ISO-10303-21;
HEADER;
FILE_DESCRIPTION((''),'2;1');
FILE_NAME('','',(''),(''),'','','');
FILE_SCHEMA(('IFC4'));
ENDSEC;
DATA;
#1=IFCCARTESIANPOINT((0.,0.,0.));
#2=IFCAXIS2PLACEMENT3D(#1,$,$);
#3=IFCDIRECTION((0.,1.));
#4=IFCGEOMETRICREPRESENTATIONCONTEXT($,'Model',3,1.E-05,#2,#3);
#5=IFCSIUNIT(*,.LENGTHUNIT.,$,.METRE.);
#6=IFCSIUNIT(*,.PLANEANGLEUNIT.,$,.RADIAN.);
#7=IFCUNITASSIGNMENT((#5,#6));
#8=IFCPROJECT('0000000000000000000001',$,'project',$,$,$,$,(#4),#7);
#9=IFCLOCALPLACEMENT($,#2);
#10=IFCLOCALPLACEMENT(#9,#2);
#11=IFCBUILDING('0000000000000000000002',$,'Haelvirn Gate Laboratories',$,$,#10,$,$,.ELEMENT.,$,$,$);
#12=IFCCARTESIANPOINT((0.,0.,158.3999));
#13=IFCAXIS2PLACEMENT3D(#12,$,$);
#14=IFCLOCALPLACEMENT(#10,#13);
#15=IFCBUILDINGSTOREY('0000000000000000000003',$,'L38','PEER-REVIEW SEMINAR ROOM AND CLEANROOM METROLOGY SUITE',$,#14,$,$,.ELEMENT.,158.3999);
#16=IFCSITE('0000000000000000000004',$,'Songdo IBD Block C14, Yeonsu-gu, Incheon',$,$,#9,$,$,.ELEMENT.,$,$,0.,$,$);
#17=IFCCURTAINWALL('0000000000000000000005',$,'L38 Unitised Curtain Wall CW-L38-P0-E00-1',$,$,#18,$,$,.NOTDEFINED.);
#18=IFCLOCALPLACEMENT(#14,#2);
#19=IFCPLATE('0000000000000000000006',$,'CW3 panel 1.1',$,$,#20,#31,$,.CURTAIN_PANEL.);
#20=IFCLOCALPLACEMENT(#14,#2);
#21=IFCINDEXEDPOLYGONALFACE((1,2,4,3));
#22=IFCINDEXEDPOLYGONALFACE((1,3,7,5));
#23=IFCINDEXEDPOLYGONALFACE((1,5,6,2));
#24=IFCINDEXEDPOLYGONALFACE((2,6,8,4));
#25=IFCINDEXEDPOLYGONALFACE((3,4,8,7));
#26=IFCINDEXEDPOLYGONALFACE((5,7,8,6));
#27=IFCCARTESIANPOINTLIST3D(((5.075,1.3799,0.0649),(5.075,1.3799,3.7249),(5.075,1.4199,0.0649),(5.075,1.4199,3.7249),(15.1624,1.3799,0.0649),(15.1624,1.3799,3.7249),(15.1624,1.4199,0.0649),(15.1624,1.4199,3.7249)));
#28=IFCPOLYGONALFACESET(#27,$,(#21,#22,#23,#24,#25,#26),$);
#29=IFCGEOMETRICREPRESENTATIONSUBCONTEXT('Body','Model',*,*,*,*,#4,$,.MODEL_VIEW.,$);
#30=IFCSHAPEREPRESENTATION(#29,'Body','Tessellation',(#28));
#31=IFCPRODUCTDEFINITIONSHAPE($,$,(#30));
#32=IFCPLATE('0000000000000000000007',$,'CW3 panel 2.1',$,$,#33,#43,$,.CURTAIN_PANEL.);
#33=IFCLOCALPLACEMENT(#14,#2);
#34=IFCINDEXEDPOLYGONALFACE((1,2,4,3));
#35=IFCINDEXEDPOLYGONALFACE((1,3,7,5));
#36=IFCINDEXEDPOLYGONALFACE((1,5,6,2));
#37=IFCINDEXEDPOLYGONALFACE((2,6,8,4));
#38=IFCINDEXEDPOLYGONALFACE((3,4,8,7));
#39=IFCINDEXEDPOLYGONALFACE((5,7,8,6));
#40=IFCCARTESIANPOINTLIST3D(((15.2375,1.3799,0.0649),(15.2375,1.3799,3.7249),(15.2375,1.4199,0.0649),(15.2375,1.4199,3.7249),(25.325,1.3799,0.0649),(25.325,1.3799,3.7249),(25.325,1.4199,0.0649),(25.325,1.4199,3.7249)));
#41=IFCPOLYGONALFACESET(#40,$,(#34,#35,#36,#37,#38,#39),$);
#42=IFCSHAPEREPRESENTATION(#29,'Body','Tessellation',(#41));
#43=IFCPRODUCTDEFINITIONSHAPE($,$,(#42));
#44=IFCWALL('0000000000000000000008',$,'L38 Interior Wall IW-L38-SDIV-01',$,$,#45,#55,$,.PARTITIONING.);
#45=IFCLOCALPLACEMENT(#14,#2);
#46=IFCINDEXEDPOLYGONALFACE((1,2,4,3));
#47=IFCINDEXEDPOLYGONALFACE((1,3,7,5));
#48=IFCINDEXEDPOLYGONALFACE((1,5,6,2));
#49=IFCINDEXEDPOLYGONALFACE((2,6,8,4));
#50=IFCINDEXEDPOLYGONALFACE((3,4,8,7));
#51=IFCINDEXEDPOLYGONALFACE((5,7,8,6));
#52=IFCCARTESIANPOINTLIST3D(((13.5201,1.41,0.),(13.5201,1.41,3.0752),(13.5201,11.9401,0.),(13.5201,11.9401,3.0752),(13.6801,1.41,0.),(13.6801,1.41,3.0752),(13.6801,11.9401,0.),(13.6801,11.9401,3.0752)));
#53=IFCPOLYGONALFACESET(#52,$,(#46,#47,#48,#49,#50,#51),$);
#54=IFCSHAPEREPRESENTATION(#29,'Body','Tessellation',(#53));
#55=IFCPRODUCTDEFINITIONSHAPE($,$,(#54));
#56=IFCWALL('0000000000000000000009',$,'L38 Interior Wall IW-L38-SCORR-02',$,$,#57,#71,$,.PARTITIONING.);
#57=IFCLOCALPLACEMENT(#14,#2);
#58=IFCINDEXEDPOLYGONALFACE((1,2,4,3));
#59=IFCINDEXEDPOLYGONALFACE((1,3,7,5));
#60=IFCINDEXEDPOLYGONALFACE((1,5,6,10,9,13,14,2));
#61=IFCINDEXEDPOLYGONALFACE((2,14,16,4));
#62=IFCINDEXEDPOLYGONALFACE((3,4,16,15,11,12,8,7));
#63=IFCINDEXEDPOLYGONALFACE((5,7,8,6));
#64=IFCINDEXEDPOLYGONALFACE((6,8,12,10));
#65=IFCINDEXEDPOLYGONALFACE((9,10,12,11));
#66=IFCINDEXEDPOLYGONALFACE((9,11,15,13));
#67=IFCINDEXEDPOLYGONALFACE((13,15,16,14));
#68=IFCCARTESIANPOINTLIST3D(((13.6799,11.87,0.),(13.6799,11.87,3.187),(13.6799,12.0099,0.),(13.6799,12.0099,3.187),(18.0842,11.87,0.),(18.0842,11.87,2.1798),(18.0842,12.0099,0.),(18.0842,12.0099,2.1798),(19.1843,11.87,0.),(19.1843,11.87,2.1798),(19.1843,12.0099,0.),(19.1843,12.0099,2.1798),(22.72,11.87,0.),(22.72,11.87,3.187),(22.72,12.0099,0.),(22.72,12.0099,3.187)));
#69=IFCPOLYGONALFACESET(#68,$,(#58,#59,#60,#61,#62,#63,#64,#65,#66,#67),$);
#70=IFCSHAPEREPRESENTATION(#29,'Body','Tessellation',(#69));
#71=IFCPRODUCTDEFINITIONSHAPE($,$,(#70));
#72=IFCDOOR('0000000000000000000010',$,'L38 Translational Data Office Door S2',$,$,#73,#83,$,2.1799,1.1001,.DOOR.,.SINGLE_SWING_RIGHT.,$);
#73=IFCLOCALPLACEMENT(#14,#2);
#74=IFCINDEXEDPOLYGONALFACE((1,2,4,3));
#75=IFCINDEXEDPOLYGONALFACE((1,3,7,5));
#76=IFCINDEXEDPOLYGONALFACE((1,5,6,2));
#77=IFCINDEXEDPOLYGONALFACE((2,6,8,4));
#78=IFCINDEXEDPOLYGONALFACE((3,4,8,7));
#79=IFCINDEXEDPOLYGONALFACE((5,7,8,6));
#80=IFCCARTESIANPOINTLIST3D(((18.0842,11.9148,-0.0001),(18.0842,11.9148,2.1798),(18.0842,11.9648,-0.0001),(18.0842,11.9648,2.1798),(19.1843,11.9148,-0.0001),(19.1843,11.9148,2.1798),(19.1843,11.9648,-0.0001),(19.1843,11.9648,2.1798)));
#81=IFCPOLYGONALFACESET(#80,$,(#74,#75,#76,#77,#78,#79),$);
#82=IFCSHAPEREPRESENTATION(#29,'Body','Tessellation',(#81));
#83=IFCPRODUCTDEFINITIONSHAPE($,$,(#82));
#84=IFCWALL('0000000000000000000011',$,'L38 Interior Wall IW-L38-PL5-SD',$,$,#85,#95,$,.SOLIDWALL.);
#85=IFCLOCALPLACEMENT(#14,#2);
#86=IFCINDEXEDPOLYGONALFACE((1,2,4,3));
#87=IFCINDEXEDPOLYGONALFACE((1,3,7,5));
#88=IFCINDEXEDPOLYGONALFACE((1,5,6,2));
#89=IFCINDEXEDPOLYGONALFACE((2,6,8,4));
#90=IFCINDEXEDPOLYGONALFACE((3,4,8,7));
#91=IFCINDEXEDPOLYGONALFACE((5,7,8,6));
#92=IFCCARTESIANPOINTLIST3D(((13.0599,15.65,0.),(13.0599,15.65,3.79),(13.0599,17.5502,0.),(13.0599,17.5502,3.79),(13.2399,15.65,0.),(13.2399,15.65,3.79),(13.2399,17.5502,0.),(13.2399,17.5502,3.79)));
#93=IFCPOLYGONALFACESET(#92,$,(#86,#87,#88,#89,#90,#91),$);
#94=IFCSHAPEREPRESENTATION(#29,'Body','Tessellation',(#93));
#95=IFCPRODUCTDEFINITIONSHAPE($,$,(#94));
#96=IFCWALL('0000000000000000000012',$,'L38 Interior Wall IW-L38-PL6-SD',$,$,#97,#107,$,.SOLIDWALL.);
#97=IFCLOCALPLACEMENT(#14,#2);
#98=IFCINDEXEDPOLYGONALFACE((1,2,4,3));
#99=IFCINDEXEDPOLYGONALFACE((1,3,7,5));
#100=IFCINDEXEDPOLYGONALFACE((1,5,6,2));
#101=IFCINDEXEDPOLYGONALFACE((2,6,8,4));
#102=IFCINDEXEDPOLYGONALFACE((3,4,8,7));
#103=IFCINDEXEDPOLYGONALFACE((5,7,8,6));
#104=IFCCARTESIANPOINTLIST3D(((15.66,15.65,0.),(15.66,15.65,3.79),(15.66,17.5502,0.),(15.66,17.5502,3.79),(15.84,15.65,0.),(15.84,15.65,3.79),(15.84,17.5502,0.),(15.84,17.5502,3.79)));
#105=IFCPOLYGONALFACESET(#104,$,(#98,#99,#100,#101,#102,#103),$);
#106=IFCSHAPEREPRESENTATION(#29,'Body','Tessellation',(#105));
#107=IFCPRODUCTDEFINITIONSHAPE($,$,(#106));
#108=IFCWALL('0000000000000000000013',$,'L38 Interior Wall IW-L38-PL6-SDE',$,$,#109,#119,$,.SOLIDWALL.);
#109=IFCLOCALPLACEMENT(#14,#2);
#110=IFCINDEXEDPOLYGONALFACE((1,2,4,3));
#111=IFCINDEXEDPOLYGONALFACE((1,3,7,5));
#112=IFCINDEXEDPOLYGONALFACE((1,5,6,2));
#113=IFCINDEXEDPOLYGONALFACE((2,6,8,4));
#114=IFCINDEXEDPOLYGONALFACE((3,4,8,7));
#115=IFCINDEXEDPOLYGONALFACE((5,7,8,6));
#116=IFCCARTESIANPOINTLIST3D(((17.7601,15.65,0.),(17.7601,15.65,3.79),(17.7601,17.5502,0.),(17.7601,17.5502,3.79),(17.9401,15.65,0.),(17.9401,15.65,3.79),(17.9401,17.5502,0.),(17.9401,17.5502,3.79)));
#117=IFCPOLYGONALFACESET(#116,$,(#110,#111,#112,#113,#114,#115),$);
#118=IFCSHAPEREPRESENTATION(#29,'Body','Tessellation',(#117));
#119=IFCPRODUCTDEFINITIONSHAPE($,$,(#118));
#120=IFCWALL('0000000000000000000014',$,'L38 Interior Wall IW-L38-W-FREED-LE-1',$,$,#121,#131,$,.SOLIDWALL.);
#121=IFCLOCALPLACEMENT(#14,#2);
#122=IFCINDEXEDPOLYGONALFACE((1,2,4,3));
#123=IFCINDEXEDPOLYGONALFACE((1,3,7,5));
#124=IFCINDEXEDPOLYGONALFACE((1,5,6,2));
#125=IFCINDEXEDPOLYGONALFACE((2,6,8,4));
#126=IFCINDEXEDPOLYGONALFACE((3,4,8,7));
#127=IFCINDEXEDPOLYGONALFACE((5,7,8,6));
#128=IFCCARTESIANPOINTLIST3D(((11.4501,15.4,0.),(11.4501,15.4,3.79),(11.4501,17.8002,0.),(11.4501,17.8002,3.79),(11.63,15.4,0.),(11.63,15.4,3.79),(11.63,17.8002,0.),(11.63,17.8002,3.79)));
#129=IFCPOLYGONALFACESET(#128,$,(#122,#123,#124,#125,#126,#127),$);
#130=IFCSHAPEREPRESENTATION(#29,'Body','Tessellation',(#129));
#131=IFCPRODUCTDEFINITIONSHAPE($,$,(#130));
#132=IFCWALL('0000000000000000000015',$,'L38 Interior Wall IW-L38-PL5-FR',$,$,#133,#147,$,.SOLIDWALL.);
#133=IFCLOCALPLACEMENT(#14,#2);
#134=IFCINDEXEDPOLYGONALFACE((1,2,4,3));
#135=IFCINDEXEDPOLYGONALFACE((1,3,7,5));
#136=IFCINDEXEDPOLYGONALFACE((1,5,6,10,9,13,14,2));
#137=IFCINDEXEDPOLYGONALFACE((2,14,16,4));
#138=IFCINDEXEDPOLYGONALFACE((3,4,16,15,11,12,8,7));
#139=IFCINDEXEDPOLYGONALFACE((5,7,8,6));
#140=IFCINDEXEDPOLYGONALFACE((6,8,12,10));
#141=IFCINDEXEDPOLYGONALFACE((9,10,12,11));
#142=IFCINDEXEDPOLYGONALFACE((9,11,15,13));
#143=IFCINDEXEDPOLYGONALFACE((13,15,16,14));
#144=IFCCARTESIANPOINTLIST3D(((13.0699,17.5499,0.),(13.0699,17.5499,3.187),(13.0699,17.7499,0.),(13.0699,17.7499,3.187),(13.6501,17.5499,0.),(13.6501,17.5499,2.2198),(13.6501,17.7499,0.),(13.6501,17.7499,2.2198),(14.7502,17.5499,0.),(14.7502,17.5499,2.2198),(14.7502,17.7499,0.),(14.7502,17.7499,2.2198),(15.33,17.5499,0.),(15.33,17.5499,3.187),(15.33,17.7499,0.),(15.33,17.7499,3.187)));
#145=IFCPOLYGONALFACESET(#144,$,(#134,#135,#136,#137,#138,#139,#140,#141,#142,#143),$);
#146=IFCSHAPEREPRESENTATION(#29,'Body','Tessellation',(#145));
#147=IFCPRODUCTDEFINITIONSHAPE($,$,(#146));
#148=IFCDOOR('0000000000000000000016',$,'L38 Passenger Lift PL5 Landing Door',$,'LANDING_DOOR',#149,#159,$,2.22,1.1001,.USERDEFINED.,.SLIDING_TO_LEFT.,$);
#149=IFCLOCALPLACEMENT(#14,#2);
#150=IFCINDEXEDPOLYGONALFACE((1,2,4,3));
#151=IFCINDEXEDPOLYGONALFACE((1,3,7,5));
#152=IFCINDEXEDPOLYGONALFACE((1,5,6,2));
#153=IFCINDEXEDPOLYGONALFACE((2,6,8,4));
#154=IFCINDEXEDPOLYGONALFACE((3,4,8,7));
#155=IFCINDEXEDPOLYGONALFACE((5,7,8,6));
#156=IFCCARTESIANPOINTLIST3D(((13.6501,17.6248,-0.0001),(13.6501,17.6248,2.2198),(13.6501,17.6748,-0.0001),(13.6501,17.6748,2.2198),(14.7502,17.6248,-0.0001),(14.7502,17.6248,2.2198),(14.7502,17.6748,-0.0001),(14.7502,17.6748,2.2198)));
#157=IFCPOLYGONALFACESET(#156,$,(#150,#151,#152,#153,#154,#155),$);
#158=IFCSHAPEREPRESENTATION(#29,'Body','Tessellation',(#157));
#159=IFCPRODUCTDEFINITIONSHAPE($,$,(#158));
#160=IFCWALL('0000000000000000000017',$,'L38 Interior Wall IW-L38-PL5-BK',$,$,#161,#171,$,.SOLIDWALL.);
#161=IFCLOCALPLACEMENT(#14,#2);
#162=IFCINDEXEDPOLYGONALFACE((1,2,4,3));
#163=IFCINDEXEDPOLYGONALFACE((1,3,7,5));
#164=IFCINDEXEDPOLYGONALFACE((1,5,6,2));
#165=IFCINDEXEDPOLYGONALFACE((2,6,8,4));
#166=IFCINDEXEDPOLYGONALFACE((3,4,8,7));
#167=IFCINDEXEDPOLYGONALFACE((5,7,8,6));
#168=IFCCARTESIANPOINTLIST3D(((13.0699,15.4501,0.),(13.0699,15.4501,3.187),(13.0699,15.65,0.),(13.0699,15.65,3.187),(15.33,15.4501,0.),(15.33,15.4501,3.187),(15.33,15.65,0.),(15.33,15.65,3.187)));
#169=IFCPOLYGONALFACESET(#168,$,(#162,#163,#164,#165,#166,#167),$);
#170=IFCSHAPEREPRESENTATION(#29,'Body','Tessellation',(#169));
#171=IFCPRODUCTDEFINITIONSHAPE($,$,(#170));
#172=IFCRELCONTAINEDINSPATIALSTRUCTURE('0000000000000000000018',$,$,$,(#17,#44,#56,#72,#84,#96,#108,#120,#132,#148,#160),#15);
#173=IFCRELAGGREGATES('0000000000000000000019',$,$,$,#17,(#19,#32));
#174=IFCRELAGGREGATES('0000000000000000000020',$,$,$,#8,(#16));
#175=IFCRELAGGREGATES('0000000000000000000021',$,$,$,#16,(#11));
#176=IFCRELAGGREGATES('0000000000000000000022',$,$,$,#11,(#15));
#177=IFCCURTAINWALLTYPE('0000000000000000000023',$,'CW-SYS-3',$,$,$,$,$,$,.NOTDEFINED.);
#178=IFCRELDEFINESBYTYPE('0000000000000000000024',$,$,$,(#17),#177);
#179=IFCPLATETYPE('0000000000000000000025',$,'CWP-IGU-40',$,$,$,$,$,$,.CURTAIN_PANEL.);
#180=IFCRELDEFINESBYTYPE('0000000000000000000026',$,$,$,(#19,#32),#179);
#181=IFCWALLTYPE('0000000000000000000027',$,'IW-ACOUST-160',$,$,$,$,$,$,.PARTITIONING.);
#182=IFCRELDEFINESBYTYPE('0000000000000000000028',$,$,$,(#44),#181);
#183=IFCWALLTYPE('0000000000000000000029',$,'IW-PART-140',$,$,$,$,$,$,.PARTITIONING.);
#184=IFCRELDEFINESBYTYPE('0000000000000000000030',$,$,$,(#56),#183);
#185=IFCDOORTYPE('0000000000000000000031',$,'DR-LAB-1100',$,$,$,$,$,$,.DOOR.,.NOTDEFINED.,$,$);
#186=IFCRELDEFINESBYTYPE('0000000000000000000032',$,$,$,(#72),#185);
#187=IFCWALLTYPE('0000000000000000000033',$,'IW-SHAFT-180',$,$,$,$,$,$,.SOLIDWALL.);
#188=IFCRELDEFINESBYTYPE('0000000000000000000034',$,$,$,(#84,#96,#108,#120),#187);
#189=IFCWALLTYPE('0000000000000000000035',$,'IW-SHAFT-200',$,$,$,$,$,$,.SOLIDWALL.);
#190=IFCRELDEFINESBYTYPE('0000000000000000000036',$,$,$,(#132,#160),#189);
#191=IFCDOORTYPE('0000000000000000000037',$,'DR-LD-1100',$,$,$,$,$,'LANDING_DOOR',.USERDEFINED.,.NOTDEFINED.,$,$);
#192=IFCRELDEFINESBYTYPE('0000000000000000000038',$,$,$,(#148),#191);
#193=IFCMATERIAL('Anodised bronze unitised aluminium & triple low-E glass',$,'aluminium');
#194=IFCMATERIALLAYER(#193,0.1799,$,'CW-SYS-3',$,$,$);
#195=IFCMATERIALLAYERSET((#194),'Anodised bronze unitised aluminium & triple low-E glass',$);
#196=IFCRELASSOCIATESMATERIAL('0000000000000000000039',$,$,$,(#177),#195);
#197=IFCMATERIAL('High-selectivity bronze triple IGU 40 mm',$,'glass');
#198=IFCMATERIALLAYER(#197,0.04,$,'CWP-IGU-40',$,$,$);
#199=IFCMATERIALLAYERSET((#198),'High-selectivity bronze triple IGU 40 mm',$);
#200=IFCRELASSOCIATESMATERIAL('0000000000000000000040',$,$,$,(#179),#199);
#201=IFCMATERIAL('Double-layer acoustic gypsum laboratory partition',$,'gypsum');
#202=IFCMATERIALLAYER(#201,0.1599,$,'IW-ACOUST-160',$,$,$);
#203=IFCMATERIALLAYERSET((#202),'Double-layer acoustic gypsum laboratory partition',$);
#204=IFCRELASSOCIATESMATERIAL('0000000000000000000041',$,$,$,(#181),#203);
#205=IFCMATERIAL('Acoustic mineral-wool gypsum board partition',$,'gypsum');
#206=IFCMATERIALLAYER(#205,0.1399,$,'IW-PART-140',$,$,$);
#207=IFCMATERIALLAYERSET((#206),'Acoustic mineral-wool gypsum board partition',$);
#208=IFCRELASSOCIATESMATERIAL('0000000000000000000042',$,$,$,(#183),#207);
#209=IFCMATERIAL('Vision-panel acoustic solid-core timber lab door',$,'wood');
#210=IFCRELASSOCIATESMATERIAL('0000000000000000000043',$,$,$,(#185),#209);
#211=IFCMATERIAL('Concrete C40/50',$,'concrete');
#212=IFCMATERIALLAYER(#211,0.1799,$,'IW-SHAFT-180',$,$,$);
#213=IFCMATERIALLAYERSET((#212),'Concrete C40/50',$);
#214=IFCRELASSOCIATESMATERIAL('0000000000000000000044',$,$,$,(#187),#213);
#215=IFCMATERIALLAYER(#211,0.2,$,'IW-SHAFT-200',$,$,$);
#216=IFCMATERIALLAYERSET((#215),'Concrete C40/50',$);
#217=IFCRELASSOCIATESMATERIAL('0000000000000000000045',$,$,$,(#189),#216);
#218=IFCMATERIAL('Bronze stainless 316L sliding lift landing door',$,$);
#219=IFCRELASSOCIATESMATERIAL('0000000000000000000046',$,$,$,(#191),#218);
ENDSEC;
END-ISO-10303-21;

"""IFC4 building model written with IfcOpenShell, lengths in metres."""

from ifc_helpers import new_model, si_unit, direction, frame, frame_2d, origin, origin_2d, place, context, subcontext, project, spatial, rectangle, extrude, source, transform, mapped, material, layer, layer_set, type_object, type_shapes, element, fill, aggregate, save


model = new_model("IFC4")

# Units and contexts
model_context = context("Model", 3, precision=1e-05, world=origin(), true_north=direction((0.0, 1.0)))
body_context = subcontext(model_context, "Body", "Model", "MODEL_VIEW")
ifc_project = project(units=[si_unit("LENGTHUNIT", "METRE"), si_unit("PLANEANGLEUNIT", "RADIAN")], contexts=[model_context])

# Site, building, storey
site_placement = place(None, origin())
site = spatial("IfcSite", under=ifc_project, at=site_placement, Name="Songdo IBD Block C14, Yeonsu-gu, Incheon", CompositionType="ELEMENT", RefElevation=0.0)
building_placement = place(site_placement, origin())
building = spatial("IfcBuilding", under=site, at=building_placement, Name="Haelvirn Gate Laboratories", CompositionType="ELEMENT")
storey_placement = place(building_placement, frame((0.0, 0.0, 158.3999)))
storey = spatial("IfcBuildingStorey", under=building, at=storey_placement, Name="L38", Description="PEER-REVIEW SEMINAR ROOM AND CLEANROOM METROLOGY SUITE", CompositionType="ELEMENT", Elevation=158.3999)

# Curtain wall, plates
ifc_material_1 = material(Name="Anodised bronze unitised aluminium & triple low-E glass", Category="aluminium")
ifc_layer_1 = layer(ifc_material_1, 0.1799, Name="CW-SYS-3")
ifc_layer_set_1 = layer_set([ifc_layer_1], Name="Anodised bronze unitised aluminium & triple low-E glass")
curtain_wall_type = type_object("IfcCurtainWallType", Name="CW-SYS-3", PredefinedType="NOTDEFINED", material=ifc_layer_set_1)
curtain_wall_placement = place(storey_placement, origin())
curtain_wall = element("IfcCurtainWall", 1, at=curtain_wall_placement, inside=storey, type_object=curtain_wall_type, Name="L38 Unitised Curtain Wall CW-L38-P0-E00-1", PredefinedType="NOTDEFINED")
ifc_material_2 = material(Name="High-selectivity bronze triple IGU 40 mm", Category="glass")
ifc_layer_2 = layer(ifc_material_2, 0.04, Name="CWP-IGU-40")
ifc_layer_set_2 = layer_set([ifc_layer_2], Name="High-selectivity bronze triple IGU 40 mm")
plate_type = type_object("IfcPlateType", Name="CWP-IGU-40", PredefinedType="CURTAIN_PANEL", material=ifc_layer_set_2)
shared_shape_1 = source(origin(), body_context, "Body", "SweptSolid", [
    extrude(rectangle(XDim=10.0874, YDim=0.04, at=origin_2d()), origin(), (0.0, 0.0, 1.0), 3.6599),
])
type_shapes(plate_type, [shared_shape_1])
plate_1_placement = place(storey_placement, frame((10.1187, 1.3999, 0.0649), z_axis=(0.0, 0.0, 1.0), x_axis=(1.0, 0.0, 0.0)))
plate_1 = element("IfcPlate", 2, at=plate_1_placement, type_object=plate_type, Name="CW3 panel 1.1", PredefinedType="CURTAIN_PANEL", context=body_context, shape_type="MappedRepresentation", body=[
    mapped(shared_shape_1, transform((0.0, 0.0, 0.0), scale=1.0)),
])
plate_2_placement = place(storey_placement, frame((20.2812, 1.3999, 0.0649), z_axis=(0.0, 0.0, 1.0), x_axis=(1.0, 0.0, 0.0)))
plate_2 = element("IfcPlate", 3, at=plate_2_placement, type_object=plate_type, Name="CW3 panel 2.1", PredefinedType="CURTAIN_PANEL", context=body_context, shape_type="MappedRepresentation", body=[
    mapped(shared_shape_1, transform((0.0, 0.0, 0.0), scale=1.0)),
])
aggregate(curtain_wall, [plate_1, plate_2])

# Wall
ifc_material_3 = material(Name="Double-layer acoustic gypsum laboratory partition", Category="gypsum")
ifc_layer_3 = layer(ifc_material_3, 0.1599, Name="IW-ACOUST-160")
ifc_layer_set_3 = layer_set([ifc_layer_3], Name="Double-layer acoustic gypsum laboratory partition")
wall_type_1 = type_object("IfcWallType", Name="IW-ACOUST-160", PredefinedType="PARTITIONING", material=ifc_layer_set_3)
wall_1_placement = place(storey_placement, frame((13.6001, 1.4099, 0.0), z_axis=(0.0, 0.0, 1.0), x_axis=(0.0, 1.0, 0.0)))
element("IfcWall", 4, at=wall_1_placement, inside=storey, type_object=wall_type_1, Name="L38 Interior Wall IW-L38-SDIV-01", PredefinedType="PARTITIONING", context=body_context, shape_type="SweptSolid", body=[
    extrude(rectangle(XDim=10.53, YDim=0.1599, at=frame_2d((5.2651, 0.0))), origin(), (0.0, 0.0, 1.0), 3.0752),
])

# Wall, opening, door
ifc_material_4 = material(Name="Acoustic mineral-wool gypsum board partition", Category="gypsum")
ifc_layer_4 = layer(ifc_material_4, 0.1399, Name="IW-PART-140")
ifc_layer_set_4 = layer_set([ifc_layer_4], Name="Acoustic mineral-wool gypsum board partition")
wall_type_2 = type_object("IfcWallType", Name="IW-PART-140", PredefinedType="PARTITIONING", material=ifc_layer_set_4)
wall_2_placement = place(storey_placement, frame((13.6799, 11.9399, 0.0), z_axis=(0.0, 0.0, 1.0), x_axis=(1.0, 0.0, 0.0)))
wall_2 = element("IfcWall", 5, at=wall_2_placement, inside=storey, type_object=wall_type_2, Name="L38 Interior Wall IW-L38-SCORR-02", PredefinedType="PARTITIONING", context=body_context, shape_type="SweptSolid", body=[
    extrude(rectangle(XDim=9.04, YDim=0.1399, at=frame_2d((4.52, 0.0))), origin(), (0.0, 0.0, 1.0), 3.187),
])
opening_1_placement = place(wall_2_placement, frame((4.4043, 0.0, 0.0)))
opening_1 = element("IfcOpeningElement", 6, at=opening_1_placement, cuts=wall_2, PredefinedType="OPENING", context=body_context, shape_type="SweptSolid", body=[
    extrude(rectangle(XDim=1.1001, YDim=2.1799, at=frame_2d((0.55, 1.0898))), frame((0.0, 0.0801, 0.0), z_axis=(0.0, -1.0, 0.0), x_axis=(1.0, 0.0, 0.0)), (0.0, 0.0, 1.0), 0.1599),
])
ifc_material_5 = material(Name="Vision-panel acoustic solid-core timber lab door", Category="wood")
door_type_1 = type_object("IfcDoorType", Name="DR-LAB-1100", OperationType="NOTDEFINED", PredefinedType="DOOR", material=ifc_material_5)
shared_shape_2 = source(origin(), body_context, "Body", "SweptSolid", [
    extrude(rectangle(XDim=1.1001, YDim=2.1799, at=frame_2d((0.55, 1.0898))), frame((0.0, 0.0249, 0.0), z_axis=(0.0, -1.0, 0.0), x_axis=(1.0, 0.0, 0.0)), (0.0, 0.0, 1.0), 0.05),
])
type_shapes(door_type_1, [shared_shape_2])
door_1_placement = place(opening_1_placement, origin())
door_1 = element("IfcDoor", 7, at=door_1_placement, inside=storey, type_object=door_type_1, Name="L38 Translational Data Office Door S2", OperationType="SINGLE_SWING_RIGHT", OverallHeight=2.1799, OverallWidth=1.1001, PredefinedType="DOOR", context=body_context, shape_type="MappedRepresentation", body=[
    mapped(shared_shape_2, transform((0.0, 0.0, 0.0), scale=1.0)),
])
fill(opening_1, door_1)

# Walls
ifc_material_6 = material(Name="Concrete C40/50", Category="concrete")
ifc_layer_5 = layer(ifc_material_6, 0.1799, Name="IW-SHAFT-180")
ifc_layer_set_5 = layer_set([ifc_layer_5], Name="Concrete C40/50")
wall_type_3 = type_object("IfcWallType", Name="IW-SHAFT-180", PredefinedType="SOLIDWALL", material=ifc_layer_set_5)
for number, where, z_axis, x_axis, name in (
    (8, (13.1499, 15.6499, 0.0), (0.0, 0.0, 1.0), (0.0, 1.0, 0.0), "L38 Interior Wall IW-L38-PL5-SD"),
    (9, (15.75, 15.6499, 0.0), (0.0, 0.0, 1.0), (0.0, 1.0, 0.0), "L38 Interior Wall IW-L38-PL6-SD"),
    (10, (17.8501, 15.6499, 0.0), (0.0, 0.0, 1.0), (0.0, 1.0, 0.0), "L38 Interior Wall IW-L38-PL6-SDE"),
):
    element("IfcWall", number, at=place(storey_placement, frame(where, z_axis=z_axis, x_axis=x_axis)), inside=storey, type_object=wall_type_3, Name=name, PredefinedType="SOLIDWALL", context=body_context, shape_type="SweptSolid", body=[
        extrude(rectangle(XDim=1.9001, YDim=0.1799, at=frame_2d((0.9502, 0.0))), origin(), (0.0, 0.0, 1.0), 3.79),
    ])
wall_3_placement = place(storey_placement, frame((11.54, 15.3999, 0.0), z_axis=(0.0, 0.0, 1.0), x_axis=(0.0, 1.0, 0.0)))
element("IfcWall", 11, at=wall_3_placement, inside=storey, type_object=wall_type_3, Name="L38 Interior Wall IW-L38-W-FREED-LE-1", PredefinedType="SOLIDWALL", context=body_context, shape_type="SweptSolid", body=[
    extrude(rectangle(XDim=2.4001, YDim=0.1799, at=frame_2d((1.2002, 0.0))), origin(), (0.0, 0.0, 1.0), 3.79),
])

# Wall, opening, door
ifc_layer_6 = layer(ifc_material_6, 0.2, Name="IW-SHAFT-200")
ifc_layer_set_6 = layer_set([ifc_layer_6], Name="Concrete C40/50")
wall_type_4 = type_object("IfcWallType", Name="IW-SHAFT-200", PredefinedType="SOLIDWALL", material=ifc_layer_set_6)
wall_4_placement = place(storey_placement, frame((13.0701, 17.6499, 0.0), z_axis=(0.0, 0.0, 1.0), x_axis=(1.0, 0.0, 0.0)))
wall_4 = element("IfcWall", 12, at=wall_4_placement, inside=storey, type_object=wall_type_4, Name="L38 Interior Wall IW-L38-PL5-FR", PredefinedType="SOLIDWALL", context=body_context, shape_type="SweptSolid", body=[
    extrude(rectangle(XDim=2.26, YDim=0.2, at=frame_2d((1.1299, 0.0))), origin(), (0.0, 0.0, 1.0), 3.187),
])
opening_2_placement = place(wall_4_placement, frame((0.5801, 0.0, 0.0)))
opening_2 = element("IfcOpeningElement", 13, at=opening_2_placement, cuts=wall_4, PredefinedType="OPENING", context=body_context, shape_type="SweptSolid", body=[
    extrude(rectangle(XDim=1.1001, YDim=2.22, at=frame_2d((0.55, 1.1099))), frame((0.0, 0.1099, 0.0), z_axis=(0.0, -1.0, 0.0), x_axis=(1.0, 0.0, 0.0)), (0.0, 0.0, 1.0), 0.22),
])
ifc_material_7 = material(Name="Bronze stainless 316L sliding lift landing door")
door_type_2 = type_object("IfcDoorType", Name="DR-LD-1100", ElementType="LANDING_DOOR", OperationType="NOTDEFINED", PredefinedType="USERDEFINED", material=ifc_material_7)
shared_shape_3 = source(origin(), body_context, "Body", "SweptSolid", [
    extrude(rectangle(XDim=1.1001, YDim=2.22, at=frame_2d((0.55, 1.1099))), frame((0.0, 0.0249, 0.0), z_axis=(0.0, -1.0, 0.0), x_axis=(1.0, 0.0, 0.0)), (0.0, 0.0, 1.0), 0.05),
])
type_shapes(door_type_2, [shared_shape_3])
door_2_placement = place(opening_2_placement, origin())
door_2 = element("IfcDoor", 14, at=door_2_placement, inside=storey, type_object=door_type_2, Name="L38 Passenger Lift PL5 Landing Door", ObjectType="LANDING_DOOR", OperationType="SLIDING_TO_LEFT", OverallHeight=2.22, OverallWidth=1.1001, PredefinedType="USERDEFINED", context=body_context, shape_type="MappedRepresentation", body=[
    mapped(shared_shape_3, transform((0.0, 0.0, 0.0), scale=1.0)),
])
fill(opening_2, door_2)

# Wall
wall_5_placement = place(storey_placement, frame((13.0701, 15.55, 0.0), z_axis=(0.0, 0.0, 1.0), x_axis=(1.0, 0.0, 0.0)))
element("IfcWall", 15, at=wall_5_placement, inside=storey, type_object=wall_type_4, Name="L38 Interior Wall IW-L38-PL5-BK", PredefinedType="SOLIDWALL", context=body_context, shape_type="SweptSolid", body=[
    extrude(rectangle(XDim=2.26, YDim=0.2, at=frame_2d((1.1299, 0.0))), origin(), (0.0, 0.0, 1.0), 3.187),
])

save(model, "model.ifc")
